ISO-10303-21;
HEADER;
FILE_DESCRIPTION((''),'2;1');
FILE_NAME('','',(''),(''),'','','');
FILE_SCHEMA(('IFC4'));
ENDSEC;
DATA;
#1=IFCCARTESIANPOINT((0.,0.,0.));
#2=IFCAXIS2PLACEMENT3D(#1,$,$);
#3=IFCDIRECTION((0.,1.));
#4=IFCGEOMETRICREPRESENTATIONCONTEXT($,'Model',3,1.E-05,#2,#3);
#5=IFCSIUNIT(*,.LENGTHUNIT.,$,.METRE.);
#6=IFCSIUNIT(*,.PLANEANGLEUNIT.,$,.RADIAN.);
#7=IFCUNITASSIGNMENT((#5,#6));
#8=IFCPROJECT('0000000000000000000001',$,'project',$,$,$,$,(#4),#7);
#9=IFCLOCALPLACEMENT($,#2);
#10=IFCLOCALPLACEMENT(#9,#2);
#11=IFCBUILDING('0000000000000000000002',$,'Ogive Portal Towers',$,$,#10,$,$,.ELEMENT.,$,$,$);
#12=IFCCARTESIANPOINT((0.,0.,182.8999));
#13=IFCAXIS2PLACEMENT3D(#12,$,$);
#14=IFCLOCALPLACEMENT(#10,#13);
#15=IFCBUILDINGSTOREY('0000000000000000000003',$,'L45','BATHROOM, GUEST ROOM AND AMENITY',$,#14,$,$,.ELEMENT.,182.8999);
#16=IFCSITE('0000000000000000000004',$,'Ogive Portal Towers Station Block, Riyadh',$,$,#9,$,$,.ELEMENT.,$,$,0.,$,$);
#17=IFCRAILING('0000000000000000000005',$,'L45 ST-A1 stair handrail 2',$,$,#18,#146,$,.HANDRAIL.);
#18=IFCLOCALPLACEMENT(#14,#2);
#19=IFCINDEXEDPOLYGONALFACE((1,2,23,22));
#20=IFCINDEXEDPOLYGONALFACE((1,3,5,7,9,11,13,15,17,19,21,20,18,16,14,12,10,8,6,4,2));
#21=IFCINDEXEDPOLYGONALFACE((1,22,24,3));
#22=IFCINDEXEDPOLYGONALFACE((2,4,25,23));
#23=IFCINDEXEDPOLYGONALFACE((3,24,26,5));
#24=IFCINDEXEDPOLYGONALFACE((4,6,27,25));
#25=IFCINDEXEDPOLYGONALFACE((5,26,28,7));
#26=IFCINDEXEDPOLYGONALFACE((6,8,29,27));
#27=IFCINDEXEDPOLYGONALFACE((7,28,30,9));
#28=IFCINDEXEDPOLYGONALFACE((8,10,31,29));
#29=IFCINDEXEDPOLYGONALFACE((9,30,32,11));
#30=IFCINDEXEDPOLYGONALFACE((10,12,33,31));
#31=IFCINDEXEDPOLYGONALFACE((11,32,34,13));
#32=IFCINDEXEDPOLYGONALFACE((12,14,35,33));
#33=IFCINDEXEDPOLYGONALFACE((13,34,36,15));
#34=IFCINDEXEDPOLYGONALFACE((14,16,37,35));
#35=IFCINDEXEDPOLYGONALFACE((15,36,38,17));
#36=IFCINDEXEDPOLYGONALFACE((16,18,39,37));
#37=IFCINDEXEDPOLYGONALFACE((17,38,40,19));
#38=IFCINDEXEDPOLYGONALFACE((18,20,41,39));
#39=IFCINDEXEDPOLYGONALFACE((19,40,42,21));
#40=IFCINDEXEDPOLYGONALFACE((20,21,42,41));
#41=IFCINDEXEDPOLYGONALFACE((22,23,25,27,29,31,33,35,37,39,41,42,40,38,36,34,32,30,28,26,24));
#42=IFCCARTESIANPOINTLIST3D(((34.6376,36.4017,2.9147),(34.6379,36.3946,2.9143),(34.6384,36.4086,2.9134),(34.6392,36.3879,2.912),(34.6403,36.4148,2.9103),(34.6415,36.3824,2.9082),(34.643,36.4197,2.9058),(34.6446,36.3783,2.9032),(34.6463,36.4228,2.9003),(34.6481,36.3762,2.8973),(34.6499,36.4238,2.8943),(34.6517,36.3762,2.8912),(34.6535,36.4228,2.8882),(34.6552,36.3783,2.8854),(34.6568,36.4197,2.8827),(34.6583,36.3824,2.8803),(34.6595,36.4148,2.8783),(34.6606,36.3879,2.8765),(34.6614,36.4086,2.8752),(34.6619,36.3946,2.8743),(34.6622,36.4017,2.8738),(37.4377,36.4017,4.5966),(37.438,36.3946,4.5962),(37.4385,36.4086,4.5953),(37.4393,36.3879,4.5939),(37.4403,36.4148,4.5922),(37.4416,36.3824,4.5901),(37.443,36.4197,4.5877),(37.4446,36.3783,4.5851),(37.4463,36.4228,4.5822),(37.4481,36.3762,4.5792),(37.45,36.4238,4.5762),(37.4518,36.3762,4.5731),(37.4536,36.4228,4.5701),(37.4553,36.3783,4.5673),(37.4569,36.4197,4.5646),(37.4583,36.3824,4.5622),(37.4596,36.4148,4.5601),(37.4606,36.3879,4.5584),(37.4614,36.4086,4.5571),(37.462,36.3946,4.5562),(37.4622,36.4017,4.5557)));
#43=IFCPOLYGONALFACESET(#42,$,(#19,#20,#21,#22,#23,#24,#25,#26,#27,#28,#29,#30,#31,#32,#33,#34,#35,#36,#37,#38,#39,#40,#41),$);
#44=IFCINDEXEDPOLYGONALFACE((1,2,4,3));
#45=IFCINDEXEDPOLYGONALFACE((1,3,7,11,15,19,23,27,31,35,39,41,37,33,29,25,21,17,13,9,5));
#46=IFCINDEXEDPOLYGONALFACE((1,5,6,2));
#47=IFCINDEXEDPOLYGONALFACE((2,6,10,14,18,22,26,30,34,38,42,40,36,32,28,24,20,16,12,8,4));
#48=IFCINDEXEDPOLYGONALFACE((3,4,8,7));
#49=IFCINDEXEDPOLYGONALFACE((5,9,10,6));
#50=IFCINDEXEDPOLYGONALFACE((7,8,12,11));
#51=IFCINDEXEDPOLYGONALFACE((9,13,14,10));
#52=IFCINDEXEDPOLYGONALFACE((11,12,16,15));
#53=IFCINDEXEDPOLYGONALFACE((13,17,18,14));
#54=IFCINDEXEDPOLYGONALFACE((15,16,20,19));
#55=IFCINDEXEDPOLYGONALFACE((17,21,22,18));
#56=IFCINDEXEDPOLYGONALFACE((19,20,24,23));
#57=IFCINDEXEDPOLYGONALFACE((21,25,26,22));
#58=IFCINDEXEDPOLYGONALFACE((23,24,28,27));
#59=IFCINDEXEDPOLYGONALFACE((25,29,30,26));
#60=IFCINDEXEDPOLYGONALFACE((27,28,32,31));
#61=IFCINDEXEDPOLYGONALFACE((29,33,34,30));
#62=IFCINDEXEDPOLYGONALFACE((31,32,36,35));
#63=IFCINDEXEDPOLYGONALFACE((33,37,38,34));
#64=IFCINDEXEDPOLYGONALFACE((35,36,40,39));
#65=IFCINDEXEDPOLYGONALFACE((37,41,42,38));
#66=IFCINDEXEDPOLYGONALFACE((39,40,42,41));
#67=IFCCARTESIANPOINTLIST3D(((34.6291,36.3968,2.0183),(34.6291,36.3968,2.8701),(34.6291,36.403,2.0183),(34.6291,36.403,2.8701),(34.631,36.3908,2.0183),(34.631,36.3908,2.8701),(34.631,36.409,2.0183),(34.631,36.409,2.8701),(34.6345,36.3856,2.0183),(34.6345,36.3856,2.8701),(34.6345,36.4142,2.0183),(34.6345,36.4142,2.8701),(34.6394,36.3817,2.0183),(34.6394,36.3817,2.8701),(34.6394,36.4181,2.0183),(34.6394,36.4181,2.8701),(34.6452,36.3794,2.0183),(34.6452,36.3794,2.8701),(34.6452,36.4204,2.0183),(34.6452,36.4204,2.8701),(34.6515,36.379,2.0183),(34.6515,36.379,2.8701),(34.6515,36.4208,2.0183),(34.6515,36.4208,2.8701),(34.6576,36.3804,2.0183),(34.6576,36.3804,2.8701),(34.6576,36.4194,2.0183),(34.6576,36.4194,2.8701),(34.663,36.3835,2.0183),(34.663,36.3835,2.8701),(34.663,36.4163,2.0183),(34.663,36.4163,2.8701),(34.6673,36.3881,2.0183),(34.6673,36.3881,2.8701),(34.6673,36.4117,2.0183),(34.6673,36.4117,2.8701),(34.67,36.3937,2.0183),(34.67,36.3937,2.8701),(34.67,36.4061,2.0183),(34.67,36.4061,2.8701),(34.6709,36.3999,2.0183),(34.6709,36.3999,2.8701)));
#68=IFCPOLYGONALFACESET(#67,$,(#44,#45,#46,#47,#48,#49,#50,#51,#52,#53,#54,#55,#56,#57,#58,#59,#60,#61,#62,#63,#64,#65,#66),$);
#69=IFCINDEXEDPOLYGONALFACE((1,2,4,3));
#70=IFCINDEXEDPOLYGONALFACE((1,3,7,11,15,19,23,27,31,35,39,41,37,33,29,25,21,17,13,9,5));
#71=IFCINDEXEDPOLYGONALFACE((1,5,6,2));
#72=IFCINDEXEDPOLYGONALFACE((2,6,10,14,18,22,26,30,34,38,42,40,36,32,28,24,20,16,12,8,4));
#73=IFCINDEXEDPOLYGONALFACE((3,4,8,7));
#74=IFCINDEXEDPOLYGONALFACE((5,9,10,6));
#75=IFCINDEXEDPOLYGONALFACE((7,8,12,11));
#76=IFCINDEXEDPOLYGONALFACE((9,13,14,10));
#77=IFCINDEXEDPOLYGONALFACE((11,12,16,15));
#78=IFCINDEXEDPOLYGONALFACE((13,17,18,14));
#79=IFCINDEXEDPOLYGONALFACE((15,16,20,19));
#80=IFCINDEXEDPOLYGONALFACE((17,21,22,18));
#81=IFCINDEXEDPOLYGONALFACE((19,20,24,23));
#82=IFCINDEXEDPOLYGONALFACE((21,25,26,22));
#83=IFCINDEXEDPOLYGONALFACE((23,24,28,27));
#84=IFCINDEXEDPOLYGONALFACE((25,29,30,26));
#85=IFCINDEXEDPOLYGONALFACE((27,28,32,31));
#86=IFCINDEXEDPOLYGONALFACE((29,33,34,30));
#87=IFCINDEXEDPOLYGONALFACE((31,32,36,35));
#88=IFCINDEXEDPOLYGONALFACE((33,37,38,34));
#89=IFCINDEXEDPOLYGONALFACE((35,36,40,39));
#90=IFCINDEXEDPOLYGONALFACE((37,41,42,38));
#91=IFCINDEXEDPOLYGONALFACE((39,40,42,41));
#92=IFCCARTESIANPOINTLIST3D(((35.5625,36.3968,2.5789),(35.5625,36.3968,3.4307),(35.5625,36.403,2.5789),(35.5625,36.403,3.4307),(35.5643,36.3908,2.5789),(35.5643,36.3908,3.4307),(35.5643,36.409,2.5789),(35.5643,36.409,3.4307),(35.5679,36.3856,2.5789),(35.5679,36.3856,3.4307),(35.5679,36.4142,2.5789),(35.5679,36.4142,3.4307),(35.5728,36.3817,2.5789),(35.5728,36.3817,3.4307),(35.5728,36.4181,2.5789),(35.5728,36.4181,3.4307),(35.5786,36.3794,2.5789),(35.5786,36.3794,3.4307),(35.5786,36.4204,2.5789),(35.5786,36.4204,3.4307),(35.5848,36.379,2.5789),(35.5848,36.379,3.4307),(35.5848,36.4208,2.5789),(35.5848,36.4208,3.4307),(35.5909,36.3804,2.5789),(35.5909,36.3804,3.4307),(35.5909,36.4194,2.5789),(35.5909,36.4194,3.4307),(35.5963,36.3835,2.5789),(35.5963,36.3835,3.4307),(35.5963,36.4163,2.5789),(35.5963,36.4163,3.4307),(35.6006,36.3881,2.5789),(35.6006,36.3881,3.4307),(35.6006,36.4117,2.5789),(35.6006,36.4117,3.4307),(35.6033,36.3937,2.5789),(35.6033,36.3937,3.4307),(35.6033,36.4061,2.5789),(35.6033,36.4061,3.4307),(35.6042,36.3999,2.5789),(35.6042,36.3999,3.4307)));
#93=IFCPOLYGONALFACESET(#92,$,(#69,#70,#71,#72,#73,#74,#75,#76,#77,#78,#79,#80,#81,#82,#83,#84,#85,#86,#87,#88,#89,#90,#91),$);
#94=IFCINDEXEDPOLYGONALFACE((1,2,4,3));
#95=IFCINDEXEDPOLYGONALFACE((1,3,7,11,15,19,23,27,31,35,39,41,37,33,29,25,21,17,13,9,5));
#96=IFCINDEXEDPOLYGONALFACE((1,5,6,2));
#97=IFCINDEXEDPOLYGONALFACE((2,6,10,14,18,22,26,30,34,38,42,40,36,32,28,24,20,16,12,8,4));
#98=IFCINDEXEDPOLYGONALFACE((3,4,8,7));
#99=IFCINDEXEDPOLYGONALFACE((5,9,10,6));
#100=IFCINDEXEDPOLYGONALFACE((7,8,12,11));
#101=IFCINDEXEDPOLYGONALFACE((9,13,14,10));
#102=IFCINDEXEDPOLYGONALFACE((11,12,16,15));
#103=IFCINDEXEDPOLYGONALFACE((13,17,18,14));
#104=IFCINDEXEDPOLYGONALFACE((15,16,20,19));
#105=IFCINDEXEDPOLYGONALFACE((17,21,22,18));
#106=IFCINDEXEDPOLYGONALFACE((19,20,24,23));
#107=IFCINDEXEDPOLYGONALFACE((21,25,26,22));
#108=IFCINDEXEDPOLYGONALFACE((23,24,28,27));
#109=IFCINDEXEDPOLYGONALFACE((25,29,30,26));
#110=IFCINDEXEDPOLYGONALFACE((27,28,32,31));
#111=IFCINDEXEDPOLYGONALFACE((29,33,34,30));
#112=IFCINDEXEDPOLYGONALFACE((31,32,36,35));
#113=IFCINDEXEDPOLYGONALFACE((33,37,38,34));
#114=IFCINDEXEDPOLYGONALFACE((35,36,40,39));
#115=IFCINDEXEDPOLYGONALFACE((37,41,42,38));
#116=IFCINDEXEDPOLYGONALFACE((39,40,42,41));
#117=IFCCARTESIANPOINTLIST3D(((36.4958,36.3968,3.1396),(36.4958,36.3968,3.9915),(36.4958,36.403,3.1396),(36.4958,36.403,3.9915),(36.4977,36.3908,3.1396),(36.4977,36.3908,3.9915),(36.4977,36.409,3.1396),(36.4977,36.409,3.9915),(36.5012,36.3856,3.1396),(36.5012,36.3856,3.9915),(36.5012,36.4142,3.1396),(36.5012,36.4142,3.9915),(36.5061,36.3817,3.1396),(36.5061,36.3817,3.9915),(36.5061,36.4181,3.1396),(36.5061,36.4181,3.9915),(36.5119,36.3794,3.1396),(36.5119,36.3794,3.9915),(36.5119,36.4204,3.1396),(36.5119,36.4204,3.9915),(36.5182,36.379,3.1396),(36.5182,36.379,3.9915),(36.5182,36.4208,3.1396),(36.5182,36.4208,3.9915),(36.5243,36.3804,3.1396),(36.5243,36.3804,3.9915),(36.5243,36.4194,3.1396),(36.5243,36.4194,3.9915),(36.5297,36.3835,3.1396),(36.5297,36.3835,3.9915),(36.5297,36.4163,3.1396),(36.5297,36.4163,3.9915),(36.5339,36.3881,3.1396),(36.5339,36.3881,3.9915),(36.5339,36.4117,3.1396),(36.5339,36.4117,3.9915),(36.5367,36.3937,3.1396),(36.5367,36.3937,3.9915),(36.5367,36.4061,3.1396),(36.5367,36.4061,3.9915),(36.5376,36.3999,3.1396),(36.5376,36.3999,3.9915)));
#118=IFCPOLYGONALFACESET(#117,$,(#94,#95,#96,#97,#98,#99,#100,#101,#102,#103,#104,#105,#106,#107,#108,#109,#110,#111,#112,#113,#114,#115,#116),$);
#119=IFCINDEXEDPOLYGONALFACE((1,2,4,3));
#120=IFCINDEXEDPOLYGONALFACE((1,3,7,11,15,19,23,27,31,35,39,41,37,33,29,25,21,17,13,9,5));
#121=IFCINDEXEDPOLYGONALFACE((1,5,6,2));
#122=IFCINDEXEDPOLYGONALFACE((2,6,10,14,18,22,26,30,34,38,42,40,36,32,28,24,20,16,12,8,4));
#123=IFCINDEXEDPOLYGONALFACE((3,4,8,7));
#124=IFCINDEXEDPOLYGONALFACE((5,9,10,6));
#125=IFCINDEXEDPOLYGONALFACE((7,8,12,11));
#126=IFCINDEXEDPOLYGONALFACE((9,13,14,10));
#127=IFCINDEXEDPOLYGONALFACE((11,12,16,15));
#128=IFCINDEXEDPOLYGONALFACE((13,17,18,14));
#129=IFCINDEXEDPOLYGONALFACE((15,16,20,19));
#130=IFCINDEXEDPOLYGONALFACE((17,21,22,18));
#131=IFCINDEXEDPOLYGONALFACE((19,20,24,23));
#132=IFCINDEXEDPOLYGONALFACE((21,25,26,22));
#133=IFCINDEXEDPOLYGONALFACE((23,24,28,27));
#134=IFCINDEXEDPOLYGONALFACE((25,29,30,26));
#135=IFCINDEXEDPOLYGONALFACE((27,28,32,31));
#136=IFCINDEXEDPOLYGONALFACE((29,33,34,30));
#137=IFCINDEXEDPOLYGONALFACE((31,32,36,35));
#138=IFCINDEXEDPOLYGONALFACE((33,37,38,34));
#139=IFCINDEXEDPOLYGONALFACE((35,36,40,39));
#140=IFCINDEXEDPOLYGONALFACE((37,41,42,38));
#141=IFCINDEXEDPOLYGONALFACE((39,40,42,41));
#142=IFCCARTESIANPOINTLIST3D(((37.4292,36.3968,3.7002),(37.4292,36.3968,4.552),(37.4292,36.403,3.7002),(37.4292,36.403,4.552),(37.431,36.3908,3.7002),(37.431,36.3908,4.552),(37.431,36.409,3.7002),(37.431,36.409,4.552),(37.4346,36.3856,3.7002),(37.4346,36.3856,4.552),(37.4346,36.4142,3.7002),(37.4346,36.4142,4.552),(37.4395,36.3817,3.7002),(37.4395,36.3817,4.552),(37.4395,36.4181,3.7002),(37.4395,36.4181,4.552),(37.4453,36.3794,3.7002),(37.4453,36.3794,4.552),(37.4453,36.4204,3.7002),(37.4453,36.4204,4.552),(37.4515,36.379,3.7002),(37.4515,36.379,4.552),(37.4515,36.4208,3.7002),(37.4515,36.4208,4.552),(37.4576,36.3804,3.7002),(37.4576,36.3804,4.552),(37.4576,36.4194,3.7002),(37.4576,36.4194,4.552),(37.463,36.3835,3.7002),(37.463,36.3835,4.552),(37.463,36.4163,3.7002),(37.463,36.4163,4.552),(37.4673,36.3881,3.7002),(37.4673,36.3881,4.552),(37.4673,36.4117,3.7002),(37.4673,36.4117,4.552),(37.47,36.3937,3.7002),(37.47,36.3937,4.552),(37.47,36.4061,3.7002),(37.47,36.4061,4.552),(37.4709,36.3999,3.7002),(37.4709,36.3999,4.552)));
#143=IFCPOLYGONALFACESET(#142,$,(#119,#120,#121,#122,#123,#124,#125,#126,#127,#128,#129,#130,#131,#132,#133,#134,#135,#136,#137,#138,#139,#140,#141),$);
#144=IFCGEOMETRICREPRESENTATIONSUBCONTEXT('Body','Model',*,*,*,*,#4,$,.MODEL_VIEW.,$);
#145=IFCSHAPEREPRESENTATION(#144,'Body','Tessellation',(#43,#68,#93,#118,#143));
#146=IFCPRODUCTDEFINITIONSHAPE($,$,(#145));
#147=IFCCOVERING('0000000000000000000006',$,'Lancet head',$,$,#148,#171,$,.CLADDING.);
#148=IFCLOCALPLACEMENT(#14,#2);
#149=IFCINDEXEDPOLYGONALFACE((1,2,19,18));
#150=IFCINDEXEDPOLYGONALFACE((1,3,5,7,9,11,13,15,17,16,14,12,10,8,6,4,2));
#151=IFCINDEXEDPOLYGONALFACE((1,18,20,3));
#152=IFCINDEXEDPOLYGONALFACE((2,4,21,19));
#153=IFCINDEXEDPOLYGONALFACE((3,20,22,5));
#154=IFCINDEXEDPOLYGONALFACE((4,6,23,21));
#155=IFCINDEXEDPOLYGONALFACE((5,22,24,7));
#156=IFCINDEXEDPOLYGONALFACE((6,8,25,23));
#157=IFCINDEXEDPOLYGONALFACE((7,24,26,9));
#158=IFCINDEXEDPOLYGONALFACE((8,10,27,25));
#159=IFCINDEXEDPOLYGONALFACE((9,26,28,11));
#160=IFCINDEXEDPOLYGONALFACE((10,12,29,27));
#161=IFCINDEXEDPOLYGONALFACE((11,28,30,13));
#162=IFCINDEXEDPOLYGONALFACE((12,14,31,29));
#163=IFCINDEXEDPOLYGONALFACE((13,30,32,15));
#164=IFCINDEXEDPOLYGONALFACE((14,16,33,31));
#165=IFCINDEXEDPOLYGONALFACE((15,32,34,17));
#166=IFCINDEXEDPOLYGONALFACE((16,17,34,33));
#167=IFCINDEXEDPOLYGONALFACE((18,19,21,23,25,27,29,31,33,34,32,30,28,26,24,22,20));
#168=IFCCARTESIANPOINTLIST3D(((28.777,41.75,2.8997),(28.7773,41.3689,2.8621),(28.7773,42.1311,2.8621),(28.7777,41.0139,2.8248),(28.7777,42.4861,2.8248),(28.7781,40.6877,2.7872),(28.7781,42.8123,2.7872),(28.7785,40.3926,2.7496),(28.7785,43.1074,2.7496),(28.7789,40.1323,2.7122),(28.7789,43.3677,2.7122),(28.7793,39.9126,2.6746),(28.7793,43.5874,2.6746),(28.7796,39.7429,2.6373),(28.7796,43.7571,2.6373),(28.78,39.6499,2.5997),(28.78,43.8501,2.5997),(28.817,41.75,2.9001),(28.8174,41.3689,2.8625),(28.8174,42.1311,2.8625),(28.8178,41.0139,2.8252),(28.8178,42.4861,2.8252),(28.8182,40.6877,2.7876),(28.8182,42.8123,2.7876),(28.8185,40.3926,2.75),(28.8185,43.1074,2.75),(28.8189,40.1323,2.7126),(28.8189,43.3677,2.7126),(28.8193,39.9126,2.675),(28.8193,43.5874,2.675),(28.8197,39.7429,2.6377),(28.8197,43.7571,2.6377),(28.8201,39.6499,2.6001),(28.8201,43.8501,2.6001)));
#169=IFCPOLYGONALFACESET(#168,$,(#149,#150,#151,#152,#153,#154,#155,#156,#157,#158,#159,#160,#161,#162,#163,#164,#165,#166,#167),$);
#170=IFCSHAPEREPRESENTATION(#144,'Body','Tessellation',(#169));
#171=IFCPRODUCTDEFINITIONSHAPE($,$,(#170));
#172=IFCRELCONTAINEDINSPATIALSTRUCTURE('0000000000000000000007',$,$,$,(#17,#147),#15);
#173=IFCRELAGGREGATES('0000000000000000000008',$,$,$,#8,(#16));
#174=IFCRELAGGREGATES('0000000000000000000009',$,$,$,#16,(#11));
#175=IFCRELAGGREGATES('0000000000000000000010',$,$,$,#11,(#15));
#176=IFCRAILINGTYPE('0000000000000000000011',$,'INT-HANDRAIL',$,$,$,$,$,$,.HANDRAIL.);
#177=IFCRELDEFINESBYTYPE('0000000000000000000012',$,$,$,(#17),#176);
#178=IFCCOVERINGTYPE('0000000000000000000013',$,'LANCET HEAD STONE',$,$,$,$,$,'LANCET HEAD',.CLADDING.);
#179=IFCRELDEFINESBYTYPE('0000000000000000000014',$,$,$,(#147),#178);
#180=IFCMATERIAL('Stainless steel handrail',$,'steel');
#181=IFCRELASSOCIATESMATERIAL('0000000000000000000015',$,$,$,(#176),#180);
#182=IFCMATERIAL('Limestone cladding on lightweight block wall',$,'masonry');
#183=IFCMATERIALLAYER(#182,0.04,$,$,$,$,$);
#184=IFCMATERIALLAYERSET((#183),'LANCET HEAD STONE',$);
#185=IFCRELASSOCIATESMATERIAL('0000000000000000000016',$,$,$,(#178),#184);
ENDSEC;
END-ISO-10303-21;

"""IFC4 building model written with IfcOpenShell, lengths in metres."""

from ifc_helpers import new_model, si_unit, direction, frame, origin, origin_2d, place, context, subcontext, project, spatial, polyline, circle, outline, extrude, material, layer, layer_set, type_object, element, save


model = new_model("IFC4")

# Units and contexts
model_context = context("Model", 3, precision=1e-05, world=origin(), true_north=direction((0.0, 1.0)))
body_context = subcontext(model_context, "Body", "Model", "MODEL_VIEW")
ifc_project = project(units=[si_unit("LENGTHUNIT", "METRE"), si_unit("PLANEANGLEUNIT", "RADIAN")], contexts=[model_context])

# Site, building, storey
site_placement = place(None, origin())
site = spatial("IfcSite", under=ifc_project, at=site_placement, Name="Ogive Portal Towers Station Block, Riyadh", CompositionType="ELEMENT", RefElevation=0.0)
building_placement = place(site_placement, origin())
building = spatial("IfcBuilding", under=site, at=building_placement, Name="Ogive Portal Towers", CompositionType="ELEMENT")
storey_placement = place(building_placement, frame((0.0, 0.0, 182.8999)))
storey = spatial("IfcBuildingStorey", under=building, at=storey_placement, Name="L45", Description="BATHROOM, GUEST ROOM AND AMENITY", CompositionType="ELEMENT", Elevation=182.8999)

# Shared definitions
ifc_material_1 = material(Name="Limestone cladding on lightweight block wall", Category="masonry")

# Railing
ifc_material_2 = material(Name="Stainless steel handrail", Category="steel")
railing_type_1 = type_object("IfcRailingType", Name="INT-HANDRAIL", PredefinedType="HANDRAIL", material=ifc_material_2)
railing_1_placement = place(storey_placement, frame((34.6499, 36.3999, 2.0183)))
element("IfcRailing", 1, at=railing_1_placement, inside=storey, type_object=railing_type_1, Name="L45 ST-A1 stair handrail 2", PredefinedType="HANDRAIL", context=body_context, shape_type="SweptSolid", body=[
    extrude(circle(Radius=0.0239, at=origin_2d()), frame((0.0, 0.0, 0.876), z_axis=(0.857242, 0.0, 0.514913), x_axis=(0.0, 1.0, 0.0)), (0.0, 0.0, 1.0), 3.2664),
    extrude(circle(Radius=0.021, at=origin_2d()), origin(), (0.0, 0.0, 1.0), 0.8518),
    extrude(circle(Radius=0.021, at=origin_2d()), frame((0.9333, 0.0, 0.5605)), (0.0, 0.0, 1.0), 0.8518),
    extrude(circle(Radius=0.021, at=origin_2d()), frame((1.8667, 0.0, 1.1213)), (0.0, 0.0, 1.0), 0.8518),
    extrude(circle(Radius=0.021, at=origin_2d()), frame((2.8, 0.0, 1.6819)), (0.0, 0.0, 1.0), 0.8518),
])

# Covering
ifc_layer_1 = layer(ifc_material_1, 0.04)
ifc_layer_set_1 = layer_set([ifc_layer_1], Name="LANCET HEAD STONE")
covering_type = type_object("IfcCoveringType", Name="LANCET HEAD STONE", ElementType="LANCET HEAD", PredefinedType="CLADDING", material=ifc_layer_set_1)
covering_placement = place(storey_placement, frame((28.8201, 43.8501, 2.6001), z_axis=(0.999948, 0.0, 0.010228), x_axis=(0.0, -1.0, 0.0)))
element("IfcCovering", 2, at=covering_placement, inside=storey, type_object=covering_type, Name="Lancet head", PredefinedType="CLADDING", context=body_context, shape_type="SweptSolid", body=[
    extrude(outline(polyline([(0.0, 0.0), (4.2002, 0.0), (4.1072, -0.0376), (3.9375, -0.075), (3.7178, -0.1126), (3.4575, -0.1499), (3.1624, -0.1875), (2.8362, -0.2251), (2.4812, -0.2625), (2.1001, -0.3001), (1.719, -0.2625), (1.364, -0.2251), (1.0378, -0.1875), (0.7427, -0.1499), (0.4824, -0.1126), (0.2627, -0.075), (0.093, -0.0376), (0.0, 0.0)])), origin(), (0.0, 0.0, -1.0), 0.04),
])

save(model, "model.ifc")
